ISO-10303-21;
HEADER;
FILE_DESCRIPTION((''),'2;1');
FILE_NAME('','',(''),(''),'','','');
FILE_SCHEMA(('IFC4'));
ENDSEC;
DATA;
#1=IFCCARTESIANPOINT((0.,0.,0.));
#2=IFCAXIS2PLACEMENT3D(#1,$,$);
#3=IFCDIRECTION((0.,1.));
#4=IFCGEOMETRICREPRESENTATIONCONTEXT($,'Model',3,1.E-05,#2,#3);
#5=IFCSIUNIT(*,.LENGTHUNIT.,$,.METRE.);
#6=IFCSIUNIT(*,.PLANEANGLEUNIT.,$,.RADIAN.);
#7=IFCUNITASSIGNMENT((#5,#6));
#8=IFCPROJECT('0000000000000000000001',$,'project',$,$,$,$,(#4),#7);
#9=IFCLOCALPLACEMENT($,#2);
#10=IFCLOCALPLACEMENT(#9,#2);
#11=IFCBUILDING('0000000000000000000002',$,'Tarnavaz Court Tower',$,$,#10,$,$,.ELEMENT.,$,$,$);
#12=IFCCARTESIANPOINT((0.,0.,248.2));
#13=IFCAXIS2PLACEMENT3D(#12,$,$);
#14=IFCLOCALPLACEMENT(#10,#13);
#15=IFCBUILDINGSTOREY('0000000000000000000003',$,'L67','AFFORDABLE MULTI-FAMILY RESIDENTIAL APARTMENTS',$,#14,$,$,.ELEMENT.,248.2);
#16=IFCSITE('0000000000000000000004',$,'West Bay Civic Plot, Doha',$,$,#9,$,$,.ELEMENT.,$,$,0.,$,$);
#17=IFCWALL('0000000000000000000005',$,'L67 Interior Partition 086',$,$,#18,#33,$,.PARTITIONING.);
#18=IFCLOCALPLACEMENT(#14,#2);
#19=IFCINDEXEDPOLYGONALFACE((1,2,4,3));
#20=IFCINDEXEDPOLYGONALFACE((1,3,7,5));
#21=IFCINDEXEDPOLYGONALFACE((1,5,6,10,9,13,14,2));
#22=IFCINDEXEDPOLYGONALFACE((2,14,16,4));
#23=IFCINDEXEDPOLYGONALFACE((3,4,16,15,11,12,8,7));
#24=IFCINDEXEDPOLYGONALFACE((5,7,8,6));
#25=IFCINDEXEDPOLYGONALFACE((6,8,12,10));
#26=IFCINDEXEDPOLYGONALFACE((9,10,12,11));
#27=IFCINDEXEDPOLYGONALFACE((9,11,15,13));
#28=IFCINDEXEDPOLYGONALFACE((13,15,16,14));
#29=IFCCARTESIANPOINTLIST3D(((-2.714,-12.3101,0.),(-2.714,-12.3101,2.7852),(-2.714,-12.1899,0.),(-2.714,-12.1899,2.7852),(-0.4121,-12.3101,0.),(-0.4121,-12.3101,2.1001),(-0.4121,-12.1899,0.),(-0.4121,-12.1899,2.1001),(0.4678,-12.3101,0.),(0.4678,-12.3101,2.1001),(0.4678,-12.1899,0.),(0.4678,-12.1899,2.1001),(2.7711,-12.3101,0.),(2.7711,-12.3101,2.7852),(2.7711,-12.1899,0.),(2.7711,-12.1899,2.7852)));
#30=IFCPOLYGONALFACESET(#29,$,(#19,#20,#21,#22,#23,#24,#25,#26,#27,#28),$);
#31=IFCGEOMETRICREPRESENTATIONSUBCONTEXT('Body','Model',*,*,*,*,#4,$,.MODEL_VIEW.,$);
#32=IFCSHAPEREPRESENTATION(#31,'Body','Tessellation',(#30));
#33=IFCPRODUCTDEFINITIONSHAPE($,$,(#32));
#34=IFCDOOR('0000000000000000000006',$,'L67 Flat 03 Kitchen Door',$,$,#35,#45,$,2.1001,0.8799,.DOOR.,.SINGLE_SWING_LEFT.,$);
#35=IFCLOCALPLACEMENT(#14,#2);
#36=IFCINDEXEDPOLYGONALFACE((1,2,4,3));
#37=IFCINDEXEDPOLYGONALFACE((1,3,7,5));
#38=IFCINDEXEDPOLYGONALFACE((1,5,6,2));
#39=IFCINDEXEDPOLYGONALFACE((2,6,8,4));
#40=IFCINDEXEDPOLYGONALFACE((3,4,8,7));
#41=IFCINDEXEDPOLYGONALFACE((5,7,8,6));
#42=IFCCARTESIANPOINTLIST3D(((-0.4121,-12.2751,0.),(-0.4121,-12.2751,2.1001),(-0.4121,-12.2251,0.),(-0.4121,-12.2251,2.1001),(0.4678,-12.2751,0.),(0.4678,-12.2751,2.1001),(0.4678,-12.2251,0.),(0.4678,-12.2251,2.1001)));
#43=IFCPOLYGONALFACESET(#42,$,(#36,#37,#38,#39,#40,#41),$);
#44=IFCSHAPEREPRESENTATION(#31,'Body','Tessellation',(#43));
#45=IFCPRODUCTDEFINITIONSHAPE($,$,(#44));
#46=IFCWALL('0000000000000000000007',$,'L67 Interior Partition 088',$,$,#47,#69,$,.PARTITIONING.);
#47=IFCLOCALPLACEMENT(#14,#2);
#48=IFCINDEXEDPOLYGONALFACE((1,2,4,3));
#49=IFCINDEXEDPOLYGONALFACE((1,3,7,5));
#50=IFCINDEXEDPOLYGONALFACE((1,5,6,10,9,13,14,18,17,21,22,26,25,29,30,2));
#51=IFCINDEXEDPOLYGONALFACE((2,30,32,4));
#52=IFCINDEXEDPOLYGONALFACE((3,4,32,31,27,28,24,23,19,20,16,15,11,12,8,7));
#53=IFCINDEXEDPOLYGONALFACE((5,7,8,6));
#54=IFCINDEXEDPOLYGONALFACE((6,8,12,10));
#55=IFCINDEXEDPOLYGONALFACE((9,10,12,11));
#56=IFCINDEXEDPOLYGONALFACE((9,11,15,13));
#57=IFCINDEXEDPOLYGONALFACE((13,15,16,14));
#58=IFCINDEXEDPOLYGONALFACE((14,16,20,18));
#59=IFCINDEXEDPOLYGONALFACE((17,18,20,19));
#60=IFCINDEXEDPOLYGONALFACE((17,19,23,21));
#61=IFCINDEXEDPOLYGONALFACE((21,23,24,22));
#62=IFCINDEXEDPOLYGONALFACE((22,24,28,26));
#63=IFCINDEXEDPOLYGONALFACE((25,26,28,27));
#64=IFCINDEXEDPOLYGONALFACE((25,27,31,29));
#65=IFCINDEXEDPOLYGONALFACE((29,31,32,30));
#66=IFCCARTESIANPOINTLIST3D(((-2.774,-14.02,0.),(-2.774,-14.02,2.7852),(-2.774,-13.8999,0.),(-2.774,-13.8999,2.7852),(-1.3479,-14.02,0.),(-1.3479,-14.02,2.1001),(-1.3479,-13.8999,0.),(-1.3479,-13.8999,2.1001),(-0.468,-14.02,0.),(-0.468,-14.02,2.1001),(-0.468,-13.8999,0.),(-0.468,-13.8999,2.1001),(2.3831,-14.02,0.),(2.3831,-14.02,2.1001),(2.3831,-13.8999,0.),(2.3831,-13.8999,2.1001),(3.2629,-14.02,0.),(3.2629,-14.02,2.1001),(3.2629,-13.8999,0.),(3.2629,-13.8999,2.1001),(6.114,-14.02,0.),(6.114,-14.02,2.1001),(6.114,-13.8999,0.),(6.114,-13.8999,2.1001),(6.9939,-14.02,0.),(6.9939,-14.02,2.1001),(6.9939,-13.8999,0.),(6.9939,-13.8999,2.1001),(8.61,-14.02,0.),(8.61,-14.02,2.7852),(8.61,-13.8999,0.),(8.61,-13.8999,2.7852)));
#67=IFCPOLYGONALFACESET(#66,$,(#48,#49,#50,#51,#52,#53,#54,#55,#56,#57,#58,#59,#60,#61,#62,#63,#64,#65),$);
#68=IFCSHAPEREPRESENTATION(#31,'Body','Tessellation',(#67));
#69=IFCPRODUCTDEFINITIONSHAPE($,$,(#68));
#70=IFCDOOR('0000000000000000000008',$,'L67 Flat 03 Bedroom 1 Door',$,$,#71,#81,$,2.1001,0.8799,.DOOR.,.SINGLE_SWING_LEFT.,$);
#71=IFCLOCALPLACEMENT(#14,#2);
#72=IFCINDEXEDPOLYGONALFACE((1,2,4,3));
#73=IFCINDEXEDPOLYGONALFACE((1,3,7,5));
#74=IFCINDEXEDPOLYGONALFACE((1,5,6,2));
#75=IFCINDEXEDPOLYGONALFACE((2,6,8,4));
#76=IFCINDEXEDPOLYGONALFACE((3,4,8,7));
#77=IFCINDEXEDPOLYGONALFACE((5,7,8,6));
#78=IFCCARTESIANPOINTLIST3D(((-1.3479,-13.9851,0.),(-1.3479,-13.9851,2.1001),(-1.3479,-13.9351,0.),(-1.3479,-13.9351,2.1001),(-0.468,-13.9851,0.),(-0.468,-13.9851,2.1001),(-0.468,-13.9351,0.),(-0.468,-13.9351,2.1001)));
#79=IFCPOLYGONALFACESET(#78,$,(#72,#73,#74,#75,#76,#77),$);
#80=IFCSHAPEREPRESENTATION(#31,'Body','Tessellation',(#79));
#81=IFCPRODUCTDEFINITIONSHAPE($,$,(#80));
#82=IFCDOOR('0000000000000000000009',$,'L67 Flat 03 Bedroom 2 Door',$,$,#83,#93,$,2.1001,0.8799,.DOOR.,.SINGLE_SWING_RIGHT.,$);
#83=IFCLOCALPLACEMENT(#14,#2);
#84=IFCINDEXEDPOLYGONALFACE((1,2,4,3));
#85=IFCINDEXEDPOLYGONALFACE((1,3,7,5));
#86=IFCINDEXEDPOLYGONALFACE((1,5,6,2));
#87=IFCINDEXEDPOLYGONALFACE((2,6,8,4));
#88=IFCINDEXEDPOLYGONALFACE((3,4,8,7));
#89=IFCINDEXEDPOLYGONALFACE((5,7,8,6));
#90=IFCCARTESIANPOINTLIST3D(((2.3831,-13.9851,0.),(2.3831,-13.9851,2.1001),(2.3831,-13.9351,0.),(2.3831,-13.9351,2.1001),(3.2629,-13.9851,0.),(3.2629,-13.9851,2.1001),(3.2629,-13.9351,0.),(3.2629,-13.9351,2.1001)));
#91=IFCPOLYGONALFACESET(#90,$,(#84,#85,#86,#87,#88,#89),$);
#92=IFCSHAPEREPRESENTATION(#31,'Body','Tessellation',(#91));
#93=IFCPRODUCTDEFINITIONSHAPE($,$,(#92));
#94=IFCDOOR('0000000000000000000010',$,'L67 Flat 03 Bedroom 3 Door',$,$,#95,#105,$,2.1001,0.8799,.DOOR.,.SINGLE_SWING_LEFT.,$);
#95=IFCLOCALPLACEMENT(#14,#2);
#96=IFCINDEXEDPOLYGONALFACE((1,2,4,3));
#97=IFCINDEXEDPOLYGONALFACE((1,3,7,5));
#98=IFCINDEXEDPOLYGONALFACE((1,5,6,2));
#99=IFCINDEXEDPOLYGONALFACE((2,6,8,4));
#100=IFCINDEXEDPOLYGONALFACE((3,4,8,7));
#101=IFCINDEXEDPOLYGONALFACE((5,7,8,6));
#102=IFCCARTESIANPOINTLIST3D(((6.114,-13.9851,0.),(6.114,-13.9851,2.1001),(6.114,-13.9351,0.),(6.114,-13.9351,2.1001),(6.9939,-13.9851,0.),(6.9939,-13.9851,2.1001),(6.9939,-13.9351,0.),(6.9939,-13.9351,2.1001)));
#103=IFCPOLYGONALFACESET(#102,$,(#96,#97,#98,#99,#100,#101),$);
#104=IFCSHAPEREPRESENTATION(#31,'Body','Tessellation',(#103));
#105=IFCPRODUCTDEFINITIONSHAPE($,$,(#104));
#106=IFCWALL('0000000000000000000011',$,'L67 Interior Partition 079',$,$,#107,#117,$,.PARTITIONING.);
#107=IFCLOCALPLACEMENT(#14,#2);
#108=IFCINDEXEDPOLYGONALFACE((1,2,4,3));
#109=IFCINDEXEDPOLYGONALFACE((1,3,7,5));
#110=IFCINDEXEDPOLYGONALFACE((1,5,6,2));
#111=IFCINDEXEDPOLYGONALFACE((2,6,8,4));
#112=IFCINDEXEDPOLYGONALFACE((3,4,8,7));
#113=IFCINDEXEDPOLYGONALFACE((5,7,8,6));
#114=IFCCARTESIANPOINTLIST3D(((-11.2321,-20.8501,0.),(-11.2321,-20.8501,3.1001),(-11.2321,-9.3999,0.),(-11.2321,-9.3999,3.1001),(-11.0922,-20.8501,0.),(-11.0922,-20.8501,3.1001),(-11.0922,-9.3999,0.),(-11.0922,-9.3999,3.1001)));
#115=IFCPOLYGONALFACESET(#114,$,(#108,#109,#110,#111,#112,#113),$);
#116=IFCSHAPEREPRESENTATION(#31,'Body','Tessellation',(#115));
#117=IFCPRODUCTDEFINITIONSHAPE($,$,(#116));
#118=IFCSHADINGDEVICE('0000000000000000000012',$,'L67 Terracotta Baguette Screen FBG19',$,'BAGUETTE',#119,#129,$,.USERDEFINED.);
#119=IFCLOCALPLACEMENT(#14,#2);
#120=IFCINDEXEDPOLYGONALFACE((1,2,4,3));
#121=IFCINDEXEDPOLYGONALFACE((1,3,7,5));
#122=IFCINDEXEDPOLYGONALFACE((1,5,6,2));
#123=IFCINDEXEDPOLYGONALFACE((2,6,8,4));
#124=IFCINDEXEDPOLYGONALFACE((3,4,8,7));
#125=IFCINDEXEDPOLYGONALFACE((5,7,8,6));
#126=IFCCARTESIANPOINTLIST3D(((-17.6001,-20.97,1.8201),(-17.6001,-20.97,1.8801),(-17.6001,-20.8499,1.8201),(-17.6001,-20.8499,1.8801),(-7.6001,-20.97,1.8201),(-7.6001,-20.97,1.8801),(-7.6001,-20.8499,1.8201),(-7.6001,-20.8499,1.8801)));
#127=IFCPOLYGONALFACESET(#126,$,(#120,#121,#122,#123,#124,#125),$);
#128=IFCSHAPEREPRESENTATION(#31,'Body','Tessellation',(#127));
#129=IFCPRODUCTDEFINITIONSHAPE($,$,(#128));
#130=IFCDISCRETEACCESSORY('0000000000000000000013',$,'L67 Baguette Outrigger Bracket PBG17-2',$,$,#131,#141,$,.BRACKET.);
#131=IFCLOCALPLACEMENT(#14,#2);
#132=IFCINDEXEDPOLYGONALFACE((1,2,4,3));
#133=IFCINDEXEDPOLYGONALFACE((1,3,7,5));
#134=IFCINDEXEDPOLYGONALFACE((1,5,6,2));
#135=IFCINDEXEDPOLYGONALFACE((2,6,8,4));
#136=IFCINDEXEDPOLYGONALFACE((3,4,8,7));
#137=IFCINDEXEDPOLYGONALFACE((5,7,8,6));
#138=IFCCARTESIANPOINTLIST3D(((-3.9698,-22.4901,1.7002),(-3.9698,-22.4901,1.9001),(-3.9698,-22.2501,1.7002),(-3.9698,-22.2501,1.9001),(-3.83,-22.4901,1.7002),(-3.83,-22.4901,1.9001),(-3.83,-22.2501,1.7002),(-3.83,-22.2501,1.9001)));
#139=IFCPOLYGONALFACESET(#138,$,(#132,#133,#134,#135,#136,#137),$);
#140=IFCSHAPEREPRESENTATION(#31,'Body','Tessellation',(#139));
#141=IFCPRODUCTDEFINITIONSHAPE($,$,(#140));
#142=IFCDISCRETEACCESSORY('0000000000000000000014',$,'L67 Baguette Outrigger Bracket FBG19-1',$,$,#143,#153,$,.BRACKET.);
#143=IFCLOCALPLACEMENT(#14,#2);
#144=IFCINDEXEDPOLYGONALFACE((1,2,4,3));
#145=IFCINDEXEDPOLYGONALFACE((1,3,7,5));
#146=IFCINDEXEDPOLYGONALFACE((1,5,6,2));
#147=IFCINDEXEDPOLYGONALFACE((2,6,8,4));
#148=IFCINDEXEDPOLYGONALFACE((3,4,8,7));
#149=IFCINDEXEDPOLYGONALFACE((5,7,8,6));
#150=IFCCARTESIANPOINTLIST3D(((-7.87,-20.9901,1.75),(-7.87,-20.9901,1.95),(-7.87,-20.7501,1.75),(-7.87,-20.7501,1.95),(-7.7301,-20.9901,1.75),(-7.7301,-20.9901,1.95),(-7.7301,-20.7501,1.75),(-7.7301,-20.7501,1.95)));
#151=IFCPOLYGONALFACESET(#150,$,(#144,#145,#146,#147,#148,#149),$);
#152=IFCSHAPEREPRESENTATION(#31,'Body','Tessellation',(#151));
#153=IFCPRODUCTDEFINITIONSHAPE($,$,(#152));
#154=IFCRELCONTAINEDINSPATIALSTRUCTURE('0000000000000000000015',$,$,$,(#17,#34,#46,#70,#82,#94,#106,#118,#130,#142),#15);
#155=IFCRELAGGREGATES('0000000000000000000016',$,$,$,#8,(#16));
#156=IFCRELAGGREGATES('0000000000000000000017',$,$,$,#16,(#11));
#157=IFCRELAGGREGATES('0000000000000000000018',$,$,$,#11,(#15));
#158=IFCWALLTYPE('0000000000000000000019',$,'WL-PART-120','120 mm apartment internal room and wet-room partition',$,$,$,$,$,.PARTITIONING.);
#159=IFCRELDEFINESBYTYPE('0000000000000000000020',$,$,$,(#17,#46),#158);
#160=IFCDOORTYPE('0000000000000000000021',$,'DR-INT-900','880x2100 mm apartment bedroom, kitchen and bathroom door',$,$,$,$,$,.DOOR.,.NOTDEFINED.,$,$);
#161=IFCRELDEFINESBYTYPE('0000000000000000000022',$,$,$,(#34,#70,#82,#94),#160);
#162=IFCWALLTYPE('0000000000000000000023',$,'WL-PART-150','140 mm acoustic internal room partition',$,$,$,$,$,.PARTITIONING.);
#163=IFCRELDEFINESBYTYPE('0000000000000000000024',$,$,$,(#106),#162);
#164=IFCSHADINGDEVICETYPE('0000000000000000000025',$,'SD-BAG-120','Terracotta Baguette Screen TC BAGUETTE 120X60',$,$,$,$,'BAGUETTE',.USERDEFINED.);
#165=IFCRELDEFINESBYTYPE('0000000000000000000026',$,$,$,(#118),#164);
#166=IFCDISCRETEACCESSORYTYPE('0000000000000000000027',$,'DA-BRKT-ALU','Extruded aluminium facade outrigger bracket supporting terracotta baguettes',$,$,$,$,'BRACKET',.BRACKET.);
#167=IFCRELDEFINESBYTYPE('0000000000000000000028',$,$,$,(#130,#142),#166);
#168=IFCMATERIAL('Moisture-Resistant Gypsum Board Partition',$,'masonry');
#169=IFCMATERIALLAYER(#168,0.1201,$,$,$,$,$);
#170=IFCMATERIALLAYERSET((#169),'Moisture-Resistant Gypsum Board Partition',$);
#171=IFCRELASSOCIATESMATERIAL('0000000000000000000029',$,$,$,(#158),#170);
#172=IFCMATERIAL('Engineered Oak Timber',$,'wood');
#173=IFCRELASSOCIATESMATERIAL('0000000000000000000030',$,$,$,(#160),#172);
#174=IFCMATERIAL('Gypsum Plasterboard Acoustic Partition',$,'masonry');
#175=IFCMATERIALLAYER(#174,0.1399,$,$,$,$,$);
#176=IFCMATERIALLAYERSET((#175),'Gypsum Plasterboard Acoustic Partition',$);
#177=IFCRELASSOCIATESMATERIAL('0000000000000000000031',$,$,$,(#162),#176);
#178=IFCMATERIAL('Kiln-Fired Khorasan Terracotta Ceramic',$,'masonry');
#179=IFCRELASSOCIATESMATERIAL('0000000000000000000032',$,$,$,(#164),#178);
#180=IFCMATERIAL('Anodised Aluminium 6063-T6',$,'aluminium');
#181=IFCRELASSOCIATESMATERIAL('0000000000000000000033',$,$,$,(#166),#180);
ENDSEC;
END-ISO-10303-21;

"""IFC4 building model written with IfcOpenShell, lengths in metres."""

from ifc_helpers import new_model, si_unit, direction, frame, frame_2d, origin, origin_2d, place, context, subcontext, project, spatial, rectangle, extrude, material, layer, layer_set, material_profile, profile_set, type_object, element, fill, save


model = new_model("IFC4")

# Units and contexts
model_context = context("Model", 3, precision=1e-05, world=origin(), true_north=direction((0.0, 1.0)))
body_context = subcontext(model_context, "Body", "Model", "MODEL_VIEW")
ifc_project = project(units=[si_unit("LENGTHUNIT", "METRE"), si_unit("PLANEANGLEUNIT", "RADIAN")], contexts=[model_context])

# Site, building, storey
site_placement = place(None, origin())
site = spatial("IfcSite", under=ifc_project, at=site_placement, Name="West Bay Civic Plot, Doha", CompositionType="ELEMENT", RefElevation=0.0)
building_placement = place(site_placement, origin())
building = spatial("IfcBuilding", under=site, at=building_placement, Name="Tarnavaz Court Tower", CompositionType="ELEMENT")
storey_placement = place(building_placement, frame((0.0, 0.0, 248.2)))
storey = spatial("IfcBuildingStorey", under=building, at=storey_placement, Name="L67", Description="AFFORDABLE MULTI-FAMILY RESIDENTIAL APARTMENTS", CompositionType="ELEMENT", Elevation=248.2)

# Shared definitions
ifc_material_1 = material(Name="Anodised Aluminium 6063-T6", Category="aluminium")

# Wall, opening, door
ifc_material_2 = material(Name="Moisture-Resistant Gypsum Board Partition", Category="masonry")
ifc_layer_1 = layer(ifc_material_2, 0.1201)
ifc_layer_set_1 = layer_set([ifc_layer_1], Name="Moisture-Resistant Gypsum Board Partition")
wall_type_1 = type_object("IfcWallType", Name="WL-PART-120", Description="120 mm apartment internal room and wet-room partition", PredefinedType="PARTITIONING", material=ifc_layer_set_1)
ifc_material_3 = material(Name="Engineered Oak Timber", Category="wood")
wall_1_placement = place(storey_placement, frame((-2.7141, -12.25, 0.0), z_axis=(0.0, 0.0, 1.0), x_axis=(1.0, 0.0, 0.0)))
wall_1 = element("IfcWall", 1, at=wall_1_placement, inside=storey, type_object=wall_type_1, Name="L67 Interior Partition 086", PredefinedType="PARTITIONING", context=body_context, shape_type="SweptSolid", body=[
    extrude(rectangle(XDim=5.4851, YDim=0.1201, at=frame_2d((2.7427, 0.0))), origin(), (0.0, 0.0, 1.0), 2.7852),
])
opening_1_placement = place(wall_1_placement, frame((2.302, 0.0, 0.0)))
opening_1 = element("IfcOpeningElement", 2, at=opening_1_placement, cuts=wall_1, PredefinedType="OPENING", context=body_context, shape_type="SweptSolid", body=[
    extrude(rectangle(XDim=0.8799, YDim=2.1001, at=frame_2d((0.4399, 1.05))), frame((0.0, 0.0701, 0.0), z_axis=(0.0, -1.0, 0.0), x_axis=(1.0, 0.0, 0.0)), (0.0, 0.0, 1.0), 0.1401),
])
door_type_1 = type_object("IfcDoorType", Name="DR-INT-900", Description="880x2100 mm apartment bedroom, kitchen and bathroom door", OperationType="NOTDEFINED", PredefinedType="DOOR", material=ifc_material_3)
door_1_placement = place(opening_1_placement, origin())
door_1 = element("IfcDoor", 3, at=door_1_placement, inside=storey, type_object=door_type_1, Name="L67 Flat 03 Kitchen Door", OperationType="SINGLE_SWING_LEFT", OverallHeight=2.1001, OverallWidth=0.8799, PredefinedType="DOOR", context=body_context, shape_type="SweptSolid", body=[
    extrude(rectangle(XDim=0.8799, YDim=2.1001, at=frame_2d((0.4399, 1.05))), frame((0.0, 0.0249, 0.0), z_axis=(0.0, -1.0, 0.0), x_axis=(1.0, 0.0, 0.0)), (0.0, 0.0, 1.0), 0.05),
])
fill(opening_1, door_1)

# Wall, openings, doors
wall_2_placement = place(storey_placement, frame((-2.7739, -13.96, 0.0), z_axis=(0.0, 0.0, 1.0), x_axis=(1.0, 0.0, 0.0)))
wall_2 = element("IfcWall", 4, at=wall_2_placement, inside=storey, type_object=wall_type_1, Name="L67 Interior Partition 088", PredefinedType="PARTITIONING", context=body_context, shape_type="SweptSolid", body=[
    extrude(rectangle(XDim=11.384, YDim=0.1201, at=frame_2d((5.6919, 0.0))), origin(), (0.0, 0.0, 1.0), 2.7852),
])
opening_2_placement = place(wall_2_placement, frame((1.426, 0.0, 0.0)))
opening_2 = element("IfcOpeningElement", 5, at=opening_2_placement, cuts=wall_2, PredefinedType="OPENING", context=body_context, shape_type="SweptSolid", body=[
    extrude(rectangle(XDim=0.8799, YDim=2.1001, at=frame_2d((0.4399, 1.05))), frame((0.0, 0.0701, 0.0), z_axis=(0.0, -1.0, 0.0), x_axis=(1.0, 0.0, 0.0)), (0.0, 0.0, 1.0), 0.1401),
])
opening_3_placement = place(wall_2_placement, frame((5.157, 0.0, 0.0)))
opening_3 = element("IfcOpeningElement", 6, at=opening_3_placement, cuts=wall_2, PredefinedType="OPENING", context=body_context, shape_type="SweptSolid", body=[
    extrude(rectangle(XDim=0.8799, YDim=2.1001, at=frame_2d((0.4399, 1.05))), frame((0.0, 0.0701, 0.0), z_axis=(0.0, -1.0, 0.0), x_axis=(1.0, 0.0, 0.0)), (0.0, 0.0, 1.0), 0.1401),
])
opening_4_placement = place(wall_2_placement, frame((8.8879, 0.0, 0.0)))
opening_4 = element("IfcOpeningElement", 7, at=opening_4_placement, cuts=wall_2, PredefinedType="OPENING", context=body_context, shape_type="SweptSolid", body=[
    extrude(rectangle(XDim=0.8799, YDim=2.1001, at=frame_2d((0.4399, 1.05))), frame((0.0, 0.0701, 0.0), z_axis=(0.0, -1.0, 0.0), x_axis=(1.0, 0.0, 0.0)), (0.0, 0.0, 1.0), 0.1401),
])
door_2_placement = place(opening_2_placement, origin())
door_2 = element("IfcDoor", 8, at=door_2_placement, inside=storey, type_object=door_type_1, Name="L67 Flat 03 Bedroom 1 Door", OperationType="SINGLE_SWING_LEFT", OverallHeight=2.1001, OverallWidth=0.8799, PredefinedType="DOOR", context=body_context, shape_type="SweptSolid", body=[
    extrude(rectangle(XDim=0.8799, YDim=2.1001, at=frame_2d((0.4399, 1.05))), frame((0.0, 0.0249, 0.0), z_axis=(0.0, -1.0, 0.0), x_axis=(1.0, 0.0, 0.0)), (0.0, 0.0, 1.0), 0.05),
])
fill(opening_2, door_2)
door_3_placement = place(opening_3_placement, origin())
door_3 = element("IfcDoor", 9, at=door_3_placement, inside=storey, type_object=door_type_1, Name="L67 Flat 03 Bedroom 2 Door", OperationType="SINGLE_SWING_RIGHT", OverallHeight=2.1001, OverallWidth=0.8799, PredefinedType="DOOR", context=body_context, shape_type="SweptSolid", body=[
    extrude(rectangle(XDim=0.8799, YDim=2.1001, at=frame_2d((0.4399, 1.05))), frame((0.0, 0.0249, 0.0), z_axis=(0.0, -1.0, 0.0), x_axis=(1.0, 0.0, 0.0)), (0.0, 0.0, 1.0), 0.05),
])
fill(opening_3, door_3)
door_4_placement = place(opening_4_placement, origin())
door_4 = element("IfcDoor", 10, at=door_4_placement, inside=storey, type_object=door_type_1, Name="L67 Flat 03 Bedroom 3 Door", OperationType="SINGLE_SWING_LEFT", OverallHeight=2.1001, OverallWidth=0.8799, PredefinedType="DOOR", context=body_context, shape_type="SweptSolid", body=[
    extrude(rectangle(XDim=0.8799, YDim=2.1001, at=frame_2d((0.4399, 1.05))), frame((0.0, 0.0249, 0.0), z_axis=(0.0, -1.0, 0.0), x_axis=(1.0, 0.0, 0.0)), (0.0, 0.0, 1.0), 0.05),
])
fill(opening_4, door_4)

# Wall
ifc_material_4 = material(Name="Gypsum Plasterboard Acoustic Partition", Category="masonry")
ifc_layer_2 = layer(ifc_material_4, 0.1399)
ifc_layer_set_2 = layer_set([ifc_layer_2], Name="Gypsum Plasterboard Acoustic Partition")
wall_type_2 = type_object("IfcWallType", Name="WL-PART-150", Description="140 mm acoustic internal room partition", PredefinedType="PARTITIONING", material=ifc_layer_set_2)
wall_3_placement = place(storey_placement, frame((-11.1621, -20.8501, 0.0), z_axis=(0.0, 0.0, 1.0), x_axis=(0.0, 1.0, 0.0)))
element("IfcWall", 11, at=wall_3_placement, inside=storey, type_object=wall_type_2, Name="L67 Interior Partition 079", PredefinedType="PARTITIONING", context=body_context, shape_type="SweptSolid", body=[
    extrude(rectangle(XDim=11.4502, YDim=0.1399, at=frame_2d((5.7251, 0.0))), origin(), (0.0, 0.0, 1.0), 3.1001),
])

# Shading device
ifc_material_5 = material(Name="Kiln-Fired Khorasan Terracotta Ceramic", Category="masonry")
ifc_material_profile_1 = material_profile(ifc_material_5, rectangle(XDim=0.1201, YDim=0.0601, at=origin_2d()), Name="TC BAGUETTE 120X60")
ifc_profile_set_1 = profile_set([ifc_material_profile_1], Name="Kiln-Fired Khorasan Terracotta Ceramic")
shading_device_type = type_object("IfcShadingDeviceType", Name="SD-BAG-120", Description="Terracotta Baguette Screen TC BAGUETTE 120X60", ElementType="BAGUETTE", PredefinedType="USERDEFINED", material=ifc_profile_set_1)
shading_device_placement = place(storey_placement, frame((-7.6001, -20.9099, 1.8501), z_axis=(-1.0, 0.0, 0.0), x_axis=(0.0, -1.0, 0.0)))
element("IfcShadingDevice", 12, at=shading_device_placement, inside=storey, type_object=shading_device_type, Name="L67 Terracotta Baguette Screen FBG19", ObjectType="BAGUETTE", PredefinedType="USERDEFINED", context=body_context, shape_type="SweptSolid", body=[
    extrude(rectangle(XDim=0.1201, YDim=0.0601, at=origin_2d()), origin(), (0.0, 0.0, 1.0), 10.0),
])

# Discrete accessories
discrete_accessory_type = type_object("IfcDiscreteAccessoryType", Name="DA-BRKT-ALU", Description="Extruded aluminium facade outrigger bracket supporting terracotta baguettes", ElementType="BRACKET", PredefinedType="BRACKET", material=ifc_material_1)
for number, where, z_axis, x_axis, name in (
    (13, (-3.8999, -22.3701, 1.7002), (0.0, 0.0, 1.0), (-1.0, 0.0, 0.0), "L67 Baguette Outrigger Bracket PBG17-2"),
    (14, (-7.8, -20.8701, 1.75), (0.0, 0.0, 1.0), (-1.0, 0.0, 0.0), "L67 Baguette Outrigger Bracket FBG19-1"),
):
    element("IfcDiscreteAccessory", number, at=place(storey_placement, frame(where, z_axis=z_axis, x_axis=x_axis)), inside=storey, type_object=discrete_accessory_type, Name=name, PredefinedType="BRACKET", context=body_context, shape_type="SweptSolid", body=[
        extrude(rectangle(XDim=0.1399, YDim=0.24, at=origin_2d()), origin(), (0.0, 0.0, 1.0), 0.2),
    ])

save(model, "model.ifc")
